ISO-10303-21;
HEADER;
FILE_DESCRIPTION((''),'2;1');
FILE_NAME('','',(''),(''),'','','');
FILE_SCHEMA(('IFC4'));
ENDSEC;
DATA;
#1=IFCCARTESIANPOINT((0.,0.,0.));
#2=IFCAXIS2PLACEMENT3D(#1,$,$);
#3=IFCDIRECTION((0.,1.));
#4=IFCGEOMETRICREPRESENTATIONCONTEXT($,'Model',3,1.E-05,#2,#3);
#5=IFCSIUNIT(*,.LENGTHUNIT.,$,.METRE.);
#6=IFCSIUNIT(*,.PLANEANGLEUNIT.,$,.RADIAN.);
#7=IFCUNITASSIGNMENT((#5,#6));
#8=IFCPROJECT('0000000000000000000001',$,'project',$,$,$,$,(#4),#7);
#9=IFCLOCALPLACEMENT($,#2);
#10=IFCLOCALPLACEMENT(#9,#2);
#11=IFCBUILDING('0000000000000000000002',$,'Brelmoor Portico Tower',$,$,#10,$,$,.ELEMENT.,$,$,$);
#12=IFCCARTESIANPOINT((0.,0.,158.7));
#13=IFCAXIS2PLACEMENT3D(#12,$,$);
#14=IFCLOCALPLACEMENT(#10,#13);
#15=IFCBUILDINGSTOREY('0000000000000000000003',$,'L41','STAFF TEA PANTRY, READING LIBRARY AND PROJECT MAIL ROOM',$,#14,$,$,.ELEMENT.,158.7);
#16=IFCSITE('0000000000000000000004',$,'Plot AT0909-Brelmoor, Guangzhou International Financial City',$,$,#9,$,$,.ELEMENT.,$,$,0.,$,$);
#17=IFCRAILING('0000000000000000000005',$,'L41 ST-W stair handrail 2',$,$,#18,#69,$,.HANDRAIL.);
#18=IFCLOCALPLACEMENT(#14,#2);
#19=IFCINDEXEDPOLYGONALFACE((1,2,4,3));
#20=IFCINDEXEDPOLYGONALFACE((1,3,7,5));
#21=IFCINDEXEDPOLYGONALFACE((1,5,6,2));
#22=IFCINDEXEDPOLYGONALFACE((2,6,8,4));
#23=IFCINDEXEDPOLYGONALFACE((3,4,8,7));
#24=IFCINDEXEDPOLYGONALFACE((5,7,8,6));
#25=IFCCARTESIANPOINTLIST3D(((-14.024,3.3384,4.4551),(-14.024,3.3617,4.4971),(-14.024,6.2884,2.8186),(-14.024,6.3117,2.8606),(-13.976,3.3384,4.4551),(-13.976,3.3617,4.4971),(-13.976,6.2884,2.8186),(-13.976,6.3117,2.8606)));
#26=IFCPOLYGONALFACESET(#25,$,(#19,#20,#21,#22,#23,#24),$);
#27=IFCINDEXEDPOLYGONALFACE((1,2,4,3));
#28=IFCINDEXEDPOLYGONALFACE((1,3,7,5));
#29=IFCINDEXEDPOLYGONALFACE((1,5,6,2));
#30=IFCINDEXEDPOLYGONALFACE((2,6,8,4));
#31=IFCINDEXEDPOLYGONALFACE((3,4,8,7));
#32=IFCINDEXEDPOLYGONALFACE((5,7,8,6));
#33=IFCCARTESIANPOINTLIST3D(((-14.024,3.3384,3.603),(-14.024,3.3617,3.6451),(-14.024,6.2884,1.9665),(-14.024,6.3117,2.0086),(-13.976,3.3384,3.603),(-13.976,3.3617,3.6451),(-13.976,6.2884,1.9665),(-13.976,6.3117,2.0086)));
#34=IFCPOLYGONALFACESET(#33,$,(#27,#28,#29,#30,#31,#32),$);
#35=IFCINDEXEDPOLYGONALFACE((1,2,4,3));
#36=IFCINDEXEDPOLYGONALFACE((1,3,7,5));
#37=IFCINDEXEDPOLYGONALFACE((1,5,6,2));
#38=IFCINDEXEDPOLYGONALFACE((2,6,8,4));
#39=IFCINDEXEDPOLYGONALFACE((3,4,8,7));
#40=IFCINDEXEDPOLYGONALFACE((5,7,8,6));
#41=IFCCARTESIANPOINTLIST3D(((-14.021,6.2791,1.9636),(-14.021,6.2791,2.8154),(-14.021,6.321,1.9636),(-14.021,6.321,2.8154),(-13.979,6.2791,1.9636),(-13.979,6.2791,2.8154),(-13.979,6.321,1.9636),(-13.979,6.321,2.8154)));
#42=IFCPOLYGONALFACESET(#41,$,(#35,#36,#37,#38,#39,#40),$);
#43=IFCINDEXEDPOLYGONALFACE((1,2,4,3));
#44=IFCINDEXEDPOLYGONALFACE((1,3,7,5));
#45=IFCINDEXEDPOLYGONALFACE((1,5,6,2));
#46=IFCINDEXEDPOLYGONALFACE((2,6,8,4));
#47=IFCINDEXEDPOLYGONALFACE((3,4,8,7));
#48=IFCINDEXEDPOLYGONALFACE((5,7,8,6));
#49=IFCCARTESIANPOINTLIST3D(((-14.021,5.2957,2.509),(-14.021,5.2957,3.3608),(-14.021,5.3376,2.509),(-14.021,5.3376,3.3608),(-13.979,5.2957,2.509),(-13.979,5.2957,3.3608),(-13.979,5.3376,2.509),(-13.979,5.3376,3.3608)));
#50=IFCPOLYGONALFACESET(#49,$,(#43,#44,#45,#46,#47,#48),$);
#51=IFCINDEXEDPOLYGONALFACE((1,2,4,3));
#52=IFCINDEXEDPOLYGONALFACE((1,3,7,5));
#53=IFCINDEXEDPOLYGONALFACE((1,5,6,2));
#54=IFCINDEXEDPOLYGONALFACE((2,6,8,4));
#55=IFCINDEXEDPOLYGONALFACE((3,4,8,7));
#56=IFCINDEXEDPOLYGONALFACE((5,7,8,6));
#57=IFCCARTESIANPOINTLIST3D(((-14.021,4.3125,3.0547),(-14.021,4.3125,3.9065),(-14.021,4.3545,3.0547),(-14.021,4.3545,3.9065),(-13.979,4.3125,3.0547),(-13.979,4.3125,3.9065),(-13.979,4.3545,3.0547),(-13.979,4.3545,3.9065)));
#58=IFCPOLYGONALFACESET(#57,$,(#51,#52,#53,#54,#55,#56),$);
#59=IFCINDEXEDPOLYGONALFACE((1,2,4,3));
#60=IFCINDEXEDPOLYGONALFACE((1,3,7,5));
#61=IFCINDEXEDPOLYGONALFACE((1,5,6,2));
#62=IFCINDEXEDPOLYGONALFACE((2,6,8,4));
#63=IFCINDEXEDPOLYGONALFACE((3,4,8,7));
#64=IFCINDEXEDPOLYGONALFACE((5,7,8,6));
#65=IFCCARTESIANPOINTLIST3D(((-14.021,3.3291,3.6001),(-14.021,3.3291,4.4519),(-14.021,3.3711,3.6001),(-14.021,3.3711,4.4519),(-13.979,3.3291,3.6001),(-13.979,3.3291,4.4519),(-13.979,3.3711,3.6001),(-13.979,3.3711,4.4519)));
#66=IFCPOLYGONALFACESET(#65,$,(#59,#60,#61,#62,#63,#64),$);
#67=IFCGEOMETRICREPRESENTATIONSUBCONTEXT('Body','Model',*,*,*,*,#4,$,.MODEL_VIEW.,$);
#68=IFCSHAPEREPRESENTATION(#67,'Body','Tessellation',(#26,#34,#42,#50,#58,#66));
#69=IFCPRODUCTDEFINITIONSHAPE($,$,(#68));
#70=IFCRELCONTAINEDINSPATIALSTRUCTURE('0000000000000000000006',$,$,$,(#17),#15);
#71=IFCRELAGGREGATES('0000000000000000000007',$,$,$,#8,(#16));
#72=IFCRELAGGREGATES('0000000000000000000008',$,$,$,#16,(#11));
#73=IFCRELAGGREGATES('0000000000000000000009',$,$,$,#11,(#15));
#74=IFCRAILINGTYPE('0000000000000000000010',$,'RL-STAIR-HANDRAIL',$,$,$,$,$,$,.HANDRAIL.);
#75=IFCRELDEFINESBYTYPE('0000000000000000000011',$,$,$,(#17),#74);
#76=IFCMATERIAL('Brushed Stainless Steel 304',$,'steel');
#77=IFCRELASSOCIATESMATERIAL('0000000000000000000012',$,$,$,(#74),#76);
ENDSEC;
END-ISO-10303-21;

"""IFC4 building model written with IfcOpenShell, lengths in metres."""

from ifc_helpers import new_model, si_unit, direction, frame, origin, origin_2d, place, context, subcontext, project, spatial, rectangle, extrude, material, type_object, element, save


model = new_model("IFC4")

# Units and contexts
model_context = context("Model", 3, precision=1e-05, world=origin(), true_north=direction((0.0, 1.0)))
body_context = subcontext(model_context, "Body", "Model", "MODEL_VIEW")
ifc_project = project(units=[si_unit("LENGTHUNIT", "METRE"), si_unit("PLANEANGLEUNIT", "RADIAN")], contexts=[model_context])

# Site, building, storey
site_placement = place(None, origin())
site = spatial("IfcSite", under=ifc_project, at=site_placement, Name="Plot AT0909-Brelmoor, Guangzhou International Financial City", CompositionType="ELEMENT", RefElevation=0.0)
building_placement = place(site_placement, origin())
building = spatial("IfcBuilding", under=site, at=building_placement, Name="Brelmoor Portico Tower", CompositionType="ELEMENT")
storey_placement = place(building_placement, frame((0.0, 0.0, 158.7)))
storey = spatial("IfcBuildingStorey", under=building, at=storey_placement, Name="L41", Description="STAFF TEA PANTRY, READING LIBRARY AND PROJECT MAIL ROOM", CompositionType="ELEMENT", Elevation=158.7)

# Railing
ifc_material_1 = material(Name="Brushed Stainless Steel 304", Category="steel")
railing_type_1 = type_object("IfcRailingType", Name="RL-STAIR-HANDRAIL", PredefinedType="HANDRAIL", material=ifc_material_1)
railing_1_placement = place(storey_placement, frame((-14.0, 6.3, 1.9636)))
element("IfcRailing", 1, at=railing_1_placement, inside=storey, type_object=railing_type_1, Name="L41 ST-W stair handrail 2", PredefinedType="HANDRAIL", context=body_context, shape_type="SweptSolid", body=[
    extrude(rectangle(XDim=0.0481, YDim=0.0481, at=origin_2d()), frame((0.0, 0.0, 0.876), z_axis=(0.0, -0.874458, 0.485102), x_axis=(1.0, 0.0, 0.0)), (0.0, 0.0, 1.0), 3.3735),
    extrude(rectangle(XDim=0.0481, YDim=0.0481, at=origin_2d()), frame((0.0, 0.0, 0.0239), z_axis=(0.0, -0.874458, 0.485102), x_axis=(1.0, 0.0, 0.0)), (0.0, 0.0, 1.0), 3.3735),
    extrude(rectangle(XDim=0.042, YDim=0.042, at=origin_2d()), origin(), (0.0, 0.0, 1.0), 0.8518),
    extrude(rectangle(XDim=0.042, YDim=0.042, at=origin_2d()), frame((0.0, -0.9834, 0.5454)), (0.0, 0.0, 1.0), 0.8518),
    extrude(rectangle(XDim=0.042, YDim=0.042, at=origin_2d()), frame((0.0, -1.9666, 1.0911)), (0.0, 0.0, 1.0), 0.8518),
    extrude(rectangle(XDim=0.042, YDim=0.042, at=origin_2d()), frame((0.0, -2.95, 1.6365)), (0.0, 0.0, 1.0), 0.8518),
])

save(model, "model.ifc")
